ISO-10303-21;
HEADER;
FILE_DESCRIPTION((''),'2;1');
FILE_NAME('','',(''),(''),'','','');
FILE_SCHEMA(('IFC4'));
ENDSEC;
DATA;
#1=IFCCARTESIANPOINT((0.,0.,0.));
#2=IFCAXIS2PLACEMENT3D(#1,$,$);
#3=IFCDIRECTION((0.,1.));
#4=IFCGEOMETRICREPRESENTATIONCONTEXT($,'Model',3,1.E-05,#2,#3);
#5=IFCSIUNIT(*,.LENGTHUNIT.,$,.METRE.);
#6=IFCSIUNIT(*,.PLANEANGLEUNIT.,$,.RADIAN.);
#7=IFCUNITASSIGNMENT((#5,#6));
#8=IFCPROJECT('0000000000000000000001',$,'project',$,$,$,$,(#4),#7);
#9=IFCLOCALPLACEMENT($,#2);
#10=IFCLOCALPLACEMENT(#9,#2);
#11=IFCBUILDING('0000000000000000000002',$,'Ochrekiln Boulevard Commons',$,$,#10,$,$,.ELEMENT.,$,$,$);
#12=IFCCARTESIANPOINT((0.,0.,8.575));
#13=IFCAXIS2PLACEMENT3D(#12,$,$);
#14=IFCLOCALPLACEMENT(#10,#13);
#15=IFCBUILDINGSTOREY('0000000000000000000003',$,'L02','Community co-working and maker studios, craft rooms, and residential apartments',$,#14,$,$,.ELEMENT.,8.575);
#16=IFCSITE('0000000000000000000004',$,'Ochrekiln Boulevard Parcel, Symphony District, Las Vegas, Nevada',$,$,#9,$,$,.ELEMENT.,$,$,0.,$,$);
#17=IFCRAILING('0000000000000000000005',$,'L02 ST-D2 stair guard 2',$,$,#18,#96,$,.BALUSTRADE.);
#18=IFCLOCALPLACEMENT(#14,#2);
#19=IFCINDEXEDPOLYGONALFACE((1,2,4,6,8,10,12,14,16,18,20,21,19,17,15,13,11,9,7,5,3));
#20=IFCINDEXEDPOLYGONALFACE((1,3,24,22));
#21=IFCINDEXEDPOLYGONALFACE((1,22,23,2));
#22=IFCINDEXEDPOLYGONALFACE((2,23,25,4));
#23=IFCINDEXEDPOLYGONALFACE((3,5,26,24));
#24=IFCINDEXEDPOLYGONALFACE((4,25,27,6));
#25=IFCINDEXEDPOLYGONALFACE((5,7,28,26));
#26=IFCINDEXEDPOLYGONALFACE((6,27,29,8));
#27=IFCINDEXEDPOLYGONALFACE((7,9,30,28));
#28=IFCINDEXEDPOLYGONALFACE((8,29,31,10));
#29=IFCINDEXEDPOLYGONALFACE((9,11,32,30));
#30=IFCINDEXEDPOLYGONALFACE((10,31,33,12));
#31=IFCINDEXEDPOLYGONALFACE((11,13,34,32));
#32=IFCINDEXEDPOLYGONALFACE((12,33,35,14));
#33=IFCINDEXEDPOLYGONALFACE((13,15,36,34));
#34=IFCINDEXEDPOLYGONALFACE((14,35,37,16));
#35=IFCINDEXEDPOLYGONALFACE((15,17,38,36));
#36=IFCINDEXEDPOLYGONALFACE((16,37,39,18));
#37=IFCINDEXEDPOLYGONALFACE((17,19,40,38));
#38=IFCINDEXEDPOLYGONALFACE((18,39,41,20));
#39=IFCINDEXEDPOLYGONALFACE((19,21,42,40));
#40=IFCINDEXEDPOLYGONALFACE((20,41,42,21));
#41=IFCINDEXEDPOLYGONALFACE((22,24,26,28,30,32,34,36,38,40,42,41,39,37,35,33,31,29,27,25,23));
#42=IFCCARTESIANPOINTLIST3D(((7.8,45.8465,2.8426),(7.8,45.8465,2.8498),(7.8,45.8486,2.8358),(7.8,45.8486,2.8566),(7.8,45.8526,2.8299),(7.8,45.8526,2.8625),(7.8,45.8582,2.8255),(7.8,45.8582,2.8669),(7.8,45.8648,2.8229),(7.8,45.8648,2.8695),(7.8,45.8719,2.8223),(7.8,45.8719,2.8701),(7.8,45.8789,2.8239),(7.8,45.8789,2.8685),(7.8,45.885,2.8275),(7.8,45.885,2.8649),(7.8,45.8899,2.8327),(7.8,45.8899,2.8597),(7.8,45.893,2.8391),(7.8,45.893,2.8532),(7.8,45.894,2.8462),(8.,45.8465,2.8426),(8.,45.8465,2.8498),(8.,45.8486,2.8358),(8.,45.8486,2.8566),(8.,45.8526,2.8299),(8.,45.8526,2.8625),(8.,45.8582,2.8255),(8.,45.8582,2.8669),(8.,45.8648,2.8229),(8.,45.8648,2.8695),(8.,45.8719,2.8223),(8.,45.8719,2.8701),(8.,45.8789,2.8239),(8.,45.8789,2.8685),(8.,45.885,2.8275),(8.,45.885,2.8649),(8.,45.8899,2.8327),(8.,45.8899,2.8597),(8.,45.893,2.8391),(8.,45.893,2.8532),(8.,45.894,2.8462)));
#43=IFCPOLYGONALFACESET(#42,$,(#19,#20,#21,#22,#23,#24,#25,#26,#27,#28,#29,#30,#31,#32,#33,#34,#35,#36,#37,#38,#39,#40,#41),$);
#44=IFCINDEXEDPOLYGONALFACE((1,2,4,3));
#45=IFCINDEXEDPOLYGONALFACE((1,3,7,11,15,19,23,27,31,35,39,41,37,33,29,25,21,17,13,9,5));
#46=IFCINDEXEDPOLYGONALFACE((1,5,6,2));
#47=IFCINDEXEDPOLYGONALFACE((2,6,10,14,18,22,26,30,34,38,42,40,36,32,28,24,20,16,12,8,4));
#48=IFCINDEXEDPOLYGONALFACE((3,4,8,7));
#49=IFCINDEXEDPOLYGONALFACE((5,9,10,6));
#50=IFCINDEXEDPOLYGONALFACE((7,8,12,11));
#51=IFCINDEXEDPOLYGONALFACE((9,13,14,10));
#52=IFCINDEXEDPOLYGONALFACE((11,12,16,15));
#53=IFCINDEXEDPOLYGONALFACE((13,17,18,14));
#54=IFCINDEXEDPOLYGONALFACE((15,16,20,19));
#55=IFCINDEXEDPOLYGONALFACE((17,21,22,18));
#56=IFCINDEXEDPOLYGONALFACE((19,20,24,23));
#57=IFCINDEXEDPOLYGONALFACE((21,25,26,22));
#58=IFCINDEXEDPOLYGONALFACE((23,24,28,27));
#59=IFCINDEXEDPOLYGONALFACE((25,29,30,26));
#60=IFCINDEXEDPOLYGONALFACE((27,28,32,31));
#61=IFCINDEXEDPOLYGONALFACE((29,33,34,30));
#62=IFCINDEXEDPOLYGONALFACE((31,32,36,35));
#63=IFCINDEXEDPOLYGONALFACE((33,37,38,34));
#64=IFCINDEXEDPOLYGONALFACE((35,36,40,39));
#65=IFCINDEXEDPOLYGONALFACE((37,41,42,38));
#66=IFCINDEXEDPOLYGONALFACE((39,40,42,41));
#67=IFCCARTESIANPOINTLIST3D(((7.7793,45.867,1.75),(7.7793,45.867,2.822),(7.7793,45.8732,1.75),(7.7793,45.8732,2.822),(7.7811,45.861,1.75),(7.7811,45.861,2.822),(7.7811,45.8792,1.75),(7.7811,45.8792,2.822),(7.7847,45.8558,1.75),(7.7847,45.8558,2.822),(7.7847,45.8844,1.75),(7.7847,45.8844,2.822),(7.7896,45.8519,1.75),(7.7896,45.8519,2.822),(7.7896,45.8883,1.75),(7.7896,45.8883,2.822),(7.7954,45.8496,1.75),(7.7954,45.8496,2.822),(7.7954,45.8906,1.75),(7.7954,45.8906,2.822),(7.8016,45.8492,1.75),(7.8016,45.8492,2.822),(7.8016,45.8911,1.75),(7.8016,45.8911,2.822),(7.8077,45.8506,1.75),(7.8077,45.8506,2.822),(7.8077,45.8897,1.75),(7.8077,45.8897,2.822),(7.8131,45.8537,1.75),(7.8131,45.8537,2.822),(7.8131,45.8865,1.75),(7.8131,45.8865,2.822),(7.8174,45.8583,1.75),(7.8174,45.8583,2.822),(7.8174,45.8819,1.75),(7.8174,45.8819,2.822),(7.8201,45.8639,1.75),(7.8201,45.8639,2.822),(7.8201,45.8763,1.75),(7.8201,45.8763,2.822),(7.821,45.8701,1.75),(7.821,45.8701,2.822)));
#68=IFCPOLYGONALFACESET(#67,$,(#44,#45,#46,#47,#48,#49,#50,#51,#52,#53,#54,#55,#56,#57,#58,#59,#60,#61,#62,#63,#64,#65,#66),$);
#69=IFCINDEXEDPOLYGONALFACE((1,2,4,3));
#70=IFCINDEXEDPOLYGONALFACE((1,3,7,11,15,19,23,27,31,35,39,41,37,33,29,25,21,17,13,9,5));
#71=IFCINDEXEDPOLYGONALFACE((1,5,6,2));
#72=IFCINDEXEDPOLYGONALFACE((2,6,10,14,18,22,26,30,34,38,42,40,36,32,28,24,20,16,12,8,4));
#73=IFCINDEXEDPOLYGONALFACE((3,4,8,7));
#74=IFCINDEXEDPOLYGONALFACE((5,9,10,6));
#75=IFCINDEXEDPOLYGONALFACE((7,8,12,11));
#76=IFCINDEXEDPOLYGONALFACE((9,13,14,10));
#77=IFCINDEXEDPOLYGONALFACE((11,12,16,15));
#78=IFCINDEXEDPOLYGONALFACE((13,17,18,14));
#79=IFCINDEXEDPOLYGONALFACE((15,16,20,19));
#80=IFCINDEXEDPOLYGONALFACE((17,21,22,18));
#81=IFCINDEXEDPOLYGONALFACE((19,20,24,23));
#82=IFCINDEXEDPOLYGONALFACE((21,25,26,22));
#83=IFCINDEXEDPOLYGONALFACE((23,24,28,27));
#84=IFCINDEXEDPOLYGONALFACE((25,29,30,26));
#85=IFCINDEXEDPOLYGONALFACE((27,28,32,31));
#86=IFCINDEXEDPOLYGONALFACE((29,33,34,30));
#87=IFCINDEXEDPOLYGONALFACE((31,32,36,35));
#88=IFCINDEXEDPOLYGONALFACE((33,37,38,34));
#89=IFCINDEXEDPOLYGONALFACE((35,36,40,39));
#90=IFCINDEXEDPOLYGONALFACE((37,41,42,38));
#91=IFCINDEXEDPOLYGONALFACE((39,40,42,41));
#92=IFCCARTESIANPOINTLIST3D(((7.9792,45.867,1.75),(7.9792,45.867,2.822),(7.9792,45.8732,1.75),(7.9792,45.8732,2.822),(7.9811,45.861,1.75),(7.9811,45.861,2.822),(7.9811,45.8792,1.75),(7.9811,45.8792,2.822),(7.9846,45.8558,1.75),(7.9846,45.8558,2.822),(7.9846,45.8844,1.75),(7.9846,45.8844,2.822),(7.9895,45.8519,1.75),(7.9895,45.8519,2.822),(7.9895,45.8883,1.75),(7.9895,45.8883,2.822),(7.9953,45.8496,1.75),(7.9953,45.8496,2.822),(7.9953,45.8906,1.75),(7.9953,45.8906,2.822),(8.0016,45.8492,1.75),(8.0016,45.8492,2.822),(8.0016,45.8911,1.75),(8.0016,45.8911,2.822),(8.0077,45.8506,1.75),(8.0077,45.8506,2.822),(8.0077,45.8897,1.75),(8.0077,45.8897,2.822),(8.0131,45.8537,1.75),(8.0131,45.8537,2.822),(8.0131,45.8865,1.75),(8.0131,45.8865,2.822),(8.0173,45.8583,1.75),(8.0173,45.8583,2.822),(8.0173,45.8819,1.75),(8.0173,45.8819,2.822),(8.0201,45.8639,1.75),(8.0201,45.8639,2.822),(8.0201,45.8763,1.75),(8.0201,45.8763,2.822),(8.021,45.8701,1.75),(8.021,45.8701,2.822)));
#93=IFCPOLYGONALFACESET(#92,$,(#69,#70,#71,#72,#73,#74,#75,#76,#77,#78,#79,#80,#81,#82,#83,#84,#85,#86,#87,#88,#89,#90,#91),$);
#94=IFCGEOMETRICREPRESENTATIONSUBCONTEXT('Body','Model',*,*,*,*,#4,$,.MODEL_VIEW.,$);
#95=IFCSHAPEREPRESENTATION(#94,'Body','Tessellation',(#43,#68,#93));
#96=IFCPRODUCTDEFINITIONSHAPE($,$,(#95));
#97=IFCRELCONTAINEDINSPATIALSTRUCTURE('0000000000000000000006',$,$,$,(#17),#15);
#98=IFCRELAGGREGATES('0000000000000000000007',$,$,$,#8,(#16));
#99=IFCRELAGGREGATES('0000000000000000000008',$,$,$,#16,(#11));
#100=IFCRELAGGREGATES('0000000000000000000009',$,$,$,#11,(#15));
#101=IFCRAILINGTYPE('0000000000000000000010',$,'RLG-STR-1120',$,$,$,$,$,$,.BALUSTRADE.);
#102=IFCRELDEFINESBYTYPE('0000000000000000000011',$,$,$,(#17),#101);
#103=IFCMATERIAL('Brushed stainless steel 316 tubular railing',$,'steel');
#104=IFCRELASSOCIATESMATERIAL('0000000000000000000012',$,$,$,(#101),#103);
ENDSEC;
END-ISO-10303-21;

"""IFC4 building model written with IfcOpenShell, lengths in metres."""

from ifc_helpers import new_model, si_unit, direction, frame, origin, origin_2d, place, context, subcontext, project, spatial, circle, extrude, material, type_object, element, save


model = new_model("IFC4")

# Units and contexts
model_context = context("Model", 3, precision=1e-05, world=origin(), true_north=direction((0.0, 1.0)))
body_context = subcontext(model_context, "Body", "Model", "MODEL_VIEW")
ifc_project = project(units=[si_unit("LENGTHUNIT", "METRE"), si_unit("PLANEANGLEUNIT", "RADIAN")], contexts=[model_context])

# Site, building, storey
site_placement = place(None, origin())
site = spatial("IfcSite", under=ifc_project, at=site_placement, Name="Ochrekiln Boulevard Parcel, Symphony District, Las Vegas, Nevada", CompositionType="ELEMENT", RefElevation=0.0)
building_placement = place(site_placement, origin())
building = spatial("IfcBuilding", under=site, at=building_placement, Name="Ochrekiln Boulevard Commons", CompositionType="ELEMENT")
storey_placement = place(building_placement, frame((0.0, 0.0, 8.575)))
storey = spatial("IfcBuildingStorey", under=building, at=storey_placement, Name="L02", Description="Community co-working and maker studios, craft rooms, and residential apartments", CompositionType="ELEMENT", Elevation=8.575)

# Railing
ifc_material_1 = material(Name="Brushed stainless steel 316 tubular railing", Category="steel")
railing_type_1 = type_object("IfcRailingType", Name="RLG-STR-1120", PredefinedType="BALUSTRADE", material=ifc_material_1)
railing_1_placement = place(storey_placement, frame((7.8, 45.8701, 1.75)))
element("IfcRailing", 1, at=railing_1_placement, inside=storey, type_object=railing_type_1, Name="L02 ST-D2 stair guard 2", PredefinedType="BALUSTRADE", context=body_context, shape_type="SweptSolid", body=[
    extrude(circle(Radius=0.0239, at=origin_2d()), frame((0.0, 0.0, 1.0962), z_axis=(1.0, 0.0, 0.0), x_axis=(0.0, 1.0, 0.0)), (0.0, 0.0, 1.0), 0.2),
    extrude(circle(Radius=0.021, at=origin_2d()), origin(), (0.0, 0.0, 1.0), 1.072),
    extrude(circle(Radius=0.021, at=origin_2d()), frame((0.2, 0.0, 0.0)), (0.0, 0.0, 1.0), 1.072),
])

save(model, "model.ifc")
